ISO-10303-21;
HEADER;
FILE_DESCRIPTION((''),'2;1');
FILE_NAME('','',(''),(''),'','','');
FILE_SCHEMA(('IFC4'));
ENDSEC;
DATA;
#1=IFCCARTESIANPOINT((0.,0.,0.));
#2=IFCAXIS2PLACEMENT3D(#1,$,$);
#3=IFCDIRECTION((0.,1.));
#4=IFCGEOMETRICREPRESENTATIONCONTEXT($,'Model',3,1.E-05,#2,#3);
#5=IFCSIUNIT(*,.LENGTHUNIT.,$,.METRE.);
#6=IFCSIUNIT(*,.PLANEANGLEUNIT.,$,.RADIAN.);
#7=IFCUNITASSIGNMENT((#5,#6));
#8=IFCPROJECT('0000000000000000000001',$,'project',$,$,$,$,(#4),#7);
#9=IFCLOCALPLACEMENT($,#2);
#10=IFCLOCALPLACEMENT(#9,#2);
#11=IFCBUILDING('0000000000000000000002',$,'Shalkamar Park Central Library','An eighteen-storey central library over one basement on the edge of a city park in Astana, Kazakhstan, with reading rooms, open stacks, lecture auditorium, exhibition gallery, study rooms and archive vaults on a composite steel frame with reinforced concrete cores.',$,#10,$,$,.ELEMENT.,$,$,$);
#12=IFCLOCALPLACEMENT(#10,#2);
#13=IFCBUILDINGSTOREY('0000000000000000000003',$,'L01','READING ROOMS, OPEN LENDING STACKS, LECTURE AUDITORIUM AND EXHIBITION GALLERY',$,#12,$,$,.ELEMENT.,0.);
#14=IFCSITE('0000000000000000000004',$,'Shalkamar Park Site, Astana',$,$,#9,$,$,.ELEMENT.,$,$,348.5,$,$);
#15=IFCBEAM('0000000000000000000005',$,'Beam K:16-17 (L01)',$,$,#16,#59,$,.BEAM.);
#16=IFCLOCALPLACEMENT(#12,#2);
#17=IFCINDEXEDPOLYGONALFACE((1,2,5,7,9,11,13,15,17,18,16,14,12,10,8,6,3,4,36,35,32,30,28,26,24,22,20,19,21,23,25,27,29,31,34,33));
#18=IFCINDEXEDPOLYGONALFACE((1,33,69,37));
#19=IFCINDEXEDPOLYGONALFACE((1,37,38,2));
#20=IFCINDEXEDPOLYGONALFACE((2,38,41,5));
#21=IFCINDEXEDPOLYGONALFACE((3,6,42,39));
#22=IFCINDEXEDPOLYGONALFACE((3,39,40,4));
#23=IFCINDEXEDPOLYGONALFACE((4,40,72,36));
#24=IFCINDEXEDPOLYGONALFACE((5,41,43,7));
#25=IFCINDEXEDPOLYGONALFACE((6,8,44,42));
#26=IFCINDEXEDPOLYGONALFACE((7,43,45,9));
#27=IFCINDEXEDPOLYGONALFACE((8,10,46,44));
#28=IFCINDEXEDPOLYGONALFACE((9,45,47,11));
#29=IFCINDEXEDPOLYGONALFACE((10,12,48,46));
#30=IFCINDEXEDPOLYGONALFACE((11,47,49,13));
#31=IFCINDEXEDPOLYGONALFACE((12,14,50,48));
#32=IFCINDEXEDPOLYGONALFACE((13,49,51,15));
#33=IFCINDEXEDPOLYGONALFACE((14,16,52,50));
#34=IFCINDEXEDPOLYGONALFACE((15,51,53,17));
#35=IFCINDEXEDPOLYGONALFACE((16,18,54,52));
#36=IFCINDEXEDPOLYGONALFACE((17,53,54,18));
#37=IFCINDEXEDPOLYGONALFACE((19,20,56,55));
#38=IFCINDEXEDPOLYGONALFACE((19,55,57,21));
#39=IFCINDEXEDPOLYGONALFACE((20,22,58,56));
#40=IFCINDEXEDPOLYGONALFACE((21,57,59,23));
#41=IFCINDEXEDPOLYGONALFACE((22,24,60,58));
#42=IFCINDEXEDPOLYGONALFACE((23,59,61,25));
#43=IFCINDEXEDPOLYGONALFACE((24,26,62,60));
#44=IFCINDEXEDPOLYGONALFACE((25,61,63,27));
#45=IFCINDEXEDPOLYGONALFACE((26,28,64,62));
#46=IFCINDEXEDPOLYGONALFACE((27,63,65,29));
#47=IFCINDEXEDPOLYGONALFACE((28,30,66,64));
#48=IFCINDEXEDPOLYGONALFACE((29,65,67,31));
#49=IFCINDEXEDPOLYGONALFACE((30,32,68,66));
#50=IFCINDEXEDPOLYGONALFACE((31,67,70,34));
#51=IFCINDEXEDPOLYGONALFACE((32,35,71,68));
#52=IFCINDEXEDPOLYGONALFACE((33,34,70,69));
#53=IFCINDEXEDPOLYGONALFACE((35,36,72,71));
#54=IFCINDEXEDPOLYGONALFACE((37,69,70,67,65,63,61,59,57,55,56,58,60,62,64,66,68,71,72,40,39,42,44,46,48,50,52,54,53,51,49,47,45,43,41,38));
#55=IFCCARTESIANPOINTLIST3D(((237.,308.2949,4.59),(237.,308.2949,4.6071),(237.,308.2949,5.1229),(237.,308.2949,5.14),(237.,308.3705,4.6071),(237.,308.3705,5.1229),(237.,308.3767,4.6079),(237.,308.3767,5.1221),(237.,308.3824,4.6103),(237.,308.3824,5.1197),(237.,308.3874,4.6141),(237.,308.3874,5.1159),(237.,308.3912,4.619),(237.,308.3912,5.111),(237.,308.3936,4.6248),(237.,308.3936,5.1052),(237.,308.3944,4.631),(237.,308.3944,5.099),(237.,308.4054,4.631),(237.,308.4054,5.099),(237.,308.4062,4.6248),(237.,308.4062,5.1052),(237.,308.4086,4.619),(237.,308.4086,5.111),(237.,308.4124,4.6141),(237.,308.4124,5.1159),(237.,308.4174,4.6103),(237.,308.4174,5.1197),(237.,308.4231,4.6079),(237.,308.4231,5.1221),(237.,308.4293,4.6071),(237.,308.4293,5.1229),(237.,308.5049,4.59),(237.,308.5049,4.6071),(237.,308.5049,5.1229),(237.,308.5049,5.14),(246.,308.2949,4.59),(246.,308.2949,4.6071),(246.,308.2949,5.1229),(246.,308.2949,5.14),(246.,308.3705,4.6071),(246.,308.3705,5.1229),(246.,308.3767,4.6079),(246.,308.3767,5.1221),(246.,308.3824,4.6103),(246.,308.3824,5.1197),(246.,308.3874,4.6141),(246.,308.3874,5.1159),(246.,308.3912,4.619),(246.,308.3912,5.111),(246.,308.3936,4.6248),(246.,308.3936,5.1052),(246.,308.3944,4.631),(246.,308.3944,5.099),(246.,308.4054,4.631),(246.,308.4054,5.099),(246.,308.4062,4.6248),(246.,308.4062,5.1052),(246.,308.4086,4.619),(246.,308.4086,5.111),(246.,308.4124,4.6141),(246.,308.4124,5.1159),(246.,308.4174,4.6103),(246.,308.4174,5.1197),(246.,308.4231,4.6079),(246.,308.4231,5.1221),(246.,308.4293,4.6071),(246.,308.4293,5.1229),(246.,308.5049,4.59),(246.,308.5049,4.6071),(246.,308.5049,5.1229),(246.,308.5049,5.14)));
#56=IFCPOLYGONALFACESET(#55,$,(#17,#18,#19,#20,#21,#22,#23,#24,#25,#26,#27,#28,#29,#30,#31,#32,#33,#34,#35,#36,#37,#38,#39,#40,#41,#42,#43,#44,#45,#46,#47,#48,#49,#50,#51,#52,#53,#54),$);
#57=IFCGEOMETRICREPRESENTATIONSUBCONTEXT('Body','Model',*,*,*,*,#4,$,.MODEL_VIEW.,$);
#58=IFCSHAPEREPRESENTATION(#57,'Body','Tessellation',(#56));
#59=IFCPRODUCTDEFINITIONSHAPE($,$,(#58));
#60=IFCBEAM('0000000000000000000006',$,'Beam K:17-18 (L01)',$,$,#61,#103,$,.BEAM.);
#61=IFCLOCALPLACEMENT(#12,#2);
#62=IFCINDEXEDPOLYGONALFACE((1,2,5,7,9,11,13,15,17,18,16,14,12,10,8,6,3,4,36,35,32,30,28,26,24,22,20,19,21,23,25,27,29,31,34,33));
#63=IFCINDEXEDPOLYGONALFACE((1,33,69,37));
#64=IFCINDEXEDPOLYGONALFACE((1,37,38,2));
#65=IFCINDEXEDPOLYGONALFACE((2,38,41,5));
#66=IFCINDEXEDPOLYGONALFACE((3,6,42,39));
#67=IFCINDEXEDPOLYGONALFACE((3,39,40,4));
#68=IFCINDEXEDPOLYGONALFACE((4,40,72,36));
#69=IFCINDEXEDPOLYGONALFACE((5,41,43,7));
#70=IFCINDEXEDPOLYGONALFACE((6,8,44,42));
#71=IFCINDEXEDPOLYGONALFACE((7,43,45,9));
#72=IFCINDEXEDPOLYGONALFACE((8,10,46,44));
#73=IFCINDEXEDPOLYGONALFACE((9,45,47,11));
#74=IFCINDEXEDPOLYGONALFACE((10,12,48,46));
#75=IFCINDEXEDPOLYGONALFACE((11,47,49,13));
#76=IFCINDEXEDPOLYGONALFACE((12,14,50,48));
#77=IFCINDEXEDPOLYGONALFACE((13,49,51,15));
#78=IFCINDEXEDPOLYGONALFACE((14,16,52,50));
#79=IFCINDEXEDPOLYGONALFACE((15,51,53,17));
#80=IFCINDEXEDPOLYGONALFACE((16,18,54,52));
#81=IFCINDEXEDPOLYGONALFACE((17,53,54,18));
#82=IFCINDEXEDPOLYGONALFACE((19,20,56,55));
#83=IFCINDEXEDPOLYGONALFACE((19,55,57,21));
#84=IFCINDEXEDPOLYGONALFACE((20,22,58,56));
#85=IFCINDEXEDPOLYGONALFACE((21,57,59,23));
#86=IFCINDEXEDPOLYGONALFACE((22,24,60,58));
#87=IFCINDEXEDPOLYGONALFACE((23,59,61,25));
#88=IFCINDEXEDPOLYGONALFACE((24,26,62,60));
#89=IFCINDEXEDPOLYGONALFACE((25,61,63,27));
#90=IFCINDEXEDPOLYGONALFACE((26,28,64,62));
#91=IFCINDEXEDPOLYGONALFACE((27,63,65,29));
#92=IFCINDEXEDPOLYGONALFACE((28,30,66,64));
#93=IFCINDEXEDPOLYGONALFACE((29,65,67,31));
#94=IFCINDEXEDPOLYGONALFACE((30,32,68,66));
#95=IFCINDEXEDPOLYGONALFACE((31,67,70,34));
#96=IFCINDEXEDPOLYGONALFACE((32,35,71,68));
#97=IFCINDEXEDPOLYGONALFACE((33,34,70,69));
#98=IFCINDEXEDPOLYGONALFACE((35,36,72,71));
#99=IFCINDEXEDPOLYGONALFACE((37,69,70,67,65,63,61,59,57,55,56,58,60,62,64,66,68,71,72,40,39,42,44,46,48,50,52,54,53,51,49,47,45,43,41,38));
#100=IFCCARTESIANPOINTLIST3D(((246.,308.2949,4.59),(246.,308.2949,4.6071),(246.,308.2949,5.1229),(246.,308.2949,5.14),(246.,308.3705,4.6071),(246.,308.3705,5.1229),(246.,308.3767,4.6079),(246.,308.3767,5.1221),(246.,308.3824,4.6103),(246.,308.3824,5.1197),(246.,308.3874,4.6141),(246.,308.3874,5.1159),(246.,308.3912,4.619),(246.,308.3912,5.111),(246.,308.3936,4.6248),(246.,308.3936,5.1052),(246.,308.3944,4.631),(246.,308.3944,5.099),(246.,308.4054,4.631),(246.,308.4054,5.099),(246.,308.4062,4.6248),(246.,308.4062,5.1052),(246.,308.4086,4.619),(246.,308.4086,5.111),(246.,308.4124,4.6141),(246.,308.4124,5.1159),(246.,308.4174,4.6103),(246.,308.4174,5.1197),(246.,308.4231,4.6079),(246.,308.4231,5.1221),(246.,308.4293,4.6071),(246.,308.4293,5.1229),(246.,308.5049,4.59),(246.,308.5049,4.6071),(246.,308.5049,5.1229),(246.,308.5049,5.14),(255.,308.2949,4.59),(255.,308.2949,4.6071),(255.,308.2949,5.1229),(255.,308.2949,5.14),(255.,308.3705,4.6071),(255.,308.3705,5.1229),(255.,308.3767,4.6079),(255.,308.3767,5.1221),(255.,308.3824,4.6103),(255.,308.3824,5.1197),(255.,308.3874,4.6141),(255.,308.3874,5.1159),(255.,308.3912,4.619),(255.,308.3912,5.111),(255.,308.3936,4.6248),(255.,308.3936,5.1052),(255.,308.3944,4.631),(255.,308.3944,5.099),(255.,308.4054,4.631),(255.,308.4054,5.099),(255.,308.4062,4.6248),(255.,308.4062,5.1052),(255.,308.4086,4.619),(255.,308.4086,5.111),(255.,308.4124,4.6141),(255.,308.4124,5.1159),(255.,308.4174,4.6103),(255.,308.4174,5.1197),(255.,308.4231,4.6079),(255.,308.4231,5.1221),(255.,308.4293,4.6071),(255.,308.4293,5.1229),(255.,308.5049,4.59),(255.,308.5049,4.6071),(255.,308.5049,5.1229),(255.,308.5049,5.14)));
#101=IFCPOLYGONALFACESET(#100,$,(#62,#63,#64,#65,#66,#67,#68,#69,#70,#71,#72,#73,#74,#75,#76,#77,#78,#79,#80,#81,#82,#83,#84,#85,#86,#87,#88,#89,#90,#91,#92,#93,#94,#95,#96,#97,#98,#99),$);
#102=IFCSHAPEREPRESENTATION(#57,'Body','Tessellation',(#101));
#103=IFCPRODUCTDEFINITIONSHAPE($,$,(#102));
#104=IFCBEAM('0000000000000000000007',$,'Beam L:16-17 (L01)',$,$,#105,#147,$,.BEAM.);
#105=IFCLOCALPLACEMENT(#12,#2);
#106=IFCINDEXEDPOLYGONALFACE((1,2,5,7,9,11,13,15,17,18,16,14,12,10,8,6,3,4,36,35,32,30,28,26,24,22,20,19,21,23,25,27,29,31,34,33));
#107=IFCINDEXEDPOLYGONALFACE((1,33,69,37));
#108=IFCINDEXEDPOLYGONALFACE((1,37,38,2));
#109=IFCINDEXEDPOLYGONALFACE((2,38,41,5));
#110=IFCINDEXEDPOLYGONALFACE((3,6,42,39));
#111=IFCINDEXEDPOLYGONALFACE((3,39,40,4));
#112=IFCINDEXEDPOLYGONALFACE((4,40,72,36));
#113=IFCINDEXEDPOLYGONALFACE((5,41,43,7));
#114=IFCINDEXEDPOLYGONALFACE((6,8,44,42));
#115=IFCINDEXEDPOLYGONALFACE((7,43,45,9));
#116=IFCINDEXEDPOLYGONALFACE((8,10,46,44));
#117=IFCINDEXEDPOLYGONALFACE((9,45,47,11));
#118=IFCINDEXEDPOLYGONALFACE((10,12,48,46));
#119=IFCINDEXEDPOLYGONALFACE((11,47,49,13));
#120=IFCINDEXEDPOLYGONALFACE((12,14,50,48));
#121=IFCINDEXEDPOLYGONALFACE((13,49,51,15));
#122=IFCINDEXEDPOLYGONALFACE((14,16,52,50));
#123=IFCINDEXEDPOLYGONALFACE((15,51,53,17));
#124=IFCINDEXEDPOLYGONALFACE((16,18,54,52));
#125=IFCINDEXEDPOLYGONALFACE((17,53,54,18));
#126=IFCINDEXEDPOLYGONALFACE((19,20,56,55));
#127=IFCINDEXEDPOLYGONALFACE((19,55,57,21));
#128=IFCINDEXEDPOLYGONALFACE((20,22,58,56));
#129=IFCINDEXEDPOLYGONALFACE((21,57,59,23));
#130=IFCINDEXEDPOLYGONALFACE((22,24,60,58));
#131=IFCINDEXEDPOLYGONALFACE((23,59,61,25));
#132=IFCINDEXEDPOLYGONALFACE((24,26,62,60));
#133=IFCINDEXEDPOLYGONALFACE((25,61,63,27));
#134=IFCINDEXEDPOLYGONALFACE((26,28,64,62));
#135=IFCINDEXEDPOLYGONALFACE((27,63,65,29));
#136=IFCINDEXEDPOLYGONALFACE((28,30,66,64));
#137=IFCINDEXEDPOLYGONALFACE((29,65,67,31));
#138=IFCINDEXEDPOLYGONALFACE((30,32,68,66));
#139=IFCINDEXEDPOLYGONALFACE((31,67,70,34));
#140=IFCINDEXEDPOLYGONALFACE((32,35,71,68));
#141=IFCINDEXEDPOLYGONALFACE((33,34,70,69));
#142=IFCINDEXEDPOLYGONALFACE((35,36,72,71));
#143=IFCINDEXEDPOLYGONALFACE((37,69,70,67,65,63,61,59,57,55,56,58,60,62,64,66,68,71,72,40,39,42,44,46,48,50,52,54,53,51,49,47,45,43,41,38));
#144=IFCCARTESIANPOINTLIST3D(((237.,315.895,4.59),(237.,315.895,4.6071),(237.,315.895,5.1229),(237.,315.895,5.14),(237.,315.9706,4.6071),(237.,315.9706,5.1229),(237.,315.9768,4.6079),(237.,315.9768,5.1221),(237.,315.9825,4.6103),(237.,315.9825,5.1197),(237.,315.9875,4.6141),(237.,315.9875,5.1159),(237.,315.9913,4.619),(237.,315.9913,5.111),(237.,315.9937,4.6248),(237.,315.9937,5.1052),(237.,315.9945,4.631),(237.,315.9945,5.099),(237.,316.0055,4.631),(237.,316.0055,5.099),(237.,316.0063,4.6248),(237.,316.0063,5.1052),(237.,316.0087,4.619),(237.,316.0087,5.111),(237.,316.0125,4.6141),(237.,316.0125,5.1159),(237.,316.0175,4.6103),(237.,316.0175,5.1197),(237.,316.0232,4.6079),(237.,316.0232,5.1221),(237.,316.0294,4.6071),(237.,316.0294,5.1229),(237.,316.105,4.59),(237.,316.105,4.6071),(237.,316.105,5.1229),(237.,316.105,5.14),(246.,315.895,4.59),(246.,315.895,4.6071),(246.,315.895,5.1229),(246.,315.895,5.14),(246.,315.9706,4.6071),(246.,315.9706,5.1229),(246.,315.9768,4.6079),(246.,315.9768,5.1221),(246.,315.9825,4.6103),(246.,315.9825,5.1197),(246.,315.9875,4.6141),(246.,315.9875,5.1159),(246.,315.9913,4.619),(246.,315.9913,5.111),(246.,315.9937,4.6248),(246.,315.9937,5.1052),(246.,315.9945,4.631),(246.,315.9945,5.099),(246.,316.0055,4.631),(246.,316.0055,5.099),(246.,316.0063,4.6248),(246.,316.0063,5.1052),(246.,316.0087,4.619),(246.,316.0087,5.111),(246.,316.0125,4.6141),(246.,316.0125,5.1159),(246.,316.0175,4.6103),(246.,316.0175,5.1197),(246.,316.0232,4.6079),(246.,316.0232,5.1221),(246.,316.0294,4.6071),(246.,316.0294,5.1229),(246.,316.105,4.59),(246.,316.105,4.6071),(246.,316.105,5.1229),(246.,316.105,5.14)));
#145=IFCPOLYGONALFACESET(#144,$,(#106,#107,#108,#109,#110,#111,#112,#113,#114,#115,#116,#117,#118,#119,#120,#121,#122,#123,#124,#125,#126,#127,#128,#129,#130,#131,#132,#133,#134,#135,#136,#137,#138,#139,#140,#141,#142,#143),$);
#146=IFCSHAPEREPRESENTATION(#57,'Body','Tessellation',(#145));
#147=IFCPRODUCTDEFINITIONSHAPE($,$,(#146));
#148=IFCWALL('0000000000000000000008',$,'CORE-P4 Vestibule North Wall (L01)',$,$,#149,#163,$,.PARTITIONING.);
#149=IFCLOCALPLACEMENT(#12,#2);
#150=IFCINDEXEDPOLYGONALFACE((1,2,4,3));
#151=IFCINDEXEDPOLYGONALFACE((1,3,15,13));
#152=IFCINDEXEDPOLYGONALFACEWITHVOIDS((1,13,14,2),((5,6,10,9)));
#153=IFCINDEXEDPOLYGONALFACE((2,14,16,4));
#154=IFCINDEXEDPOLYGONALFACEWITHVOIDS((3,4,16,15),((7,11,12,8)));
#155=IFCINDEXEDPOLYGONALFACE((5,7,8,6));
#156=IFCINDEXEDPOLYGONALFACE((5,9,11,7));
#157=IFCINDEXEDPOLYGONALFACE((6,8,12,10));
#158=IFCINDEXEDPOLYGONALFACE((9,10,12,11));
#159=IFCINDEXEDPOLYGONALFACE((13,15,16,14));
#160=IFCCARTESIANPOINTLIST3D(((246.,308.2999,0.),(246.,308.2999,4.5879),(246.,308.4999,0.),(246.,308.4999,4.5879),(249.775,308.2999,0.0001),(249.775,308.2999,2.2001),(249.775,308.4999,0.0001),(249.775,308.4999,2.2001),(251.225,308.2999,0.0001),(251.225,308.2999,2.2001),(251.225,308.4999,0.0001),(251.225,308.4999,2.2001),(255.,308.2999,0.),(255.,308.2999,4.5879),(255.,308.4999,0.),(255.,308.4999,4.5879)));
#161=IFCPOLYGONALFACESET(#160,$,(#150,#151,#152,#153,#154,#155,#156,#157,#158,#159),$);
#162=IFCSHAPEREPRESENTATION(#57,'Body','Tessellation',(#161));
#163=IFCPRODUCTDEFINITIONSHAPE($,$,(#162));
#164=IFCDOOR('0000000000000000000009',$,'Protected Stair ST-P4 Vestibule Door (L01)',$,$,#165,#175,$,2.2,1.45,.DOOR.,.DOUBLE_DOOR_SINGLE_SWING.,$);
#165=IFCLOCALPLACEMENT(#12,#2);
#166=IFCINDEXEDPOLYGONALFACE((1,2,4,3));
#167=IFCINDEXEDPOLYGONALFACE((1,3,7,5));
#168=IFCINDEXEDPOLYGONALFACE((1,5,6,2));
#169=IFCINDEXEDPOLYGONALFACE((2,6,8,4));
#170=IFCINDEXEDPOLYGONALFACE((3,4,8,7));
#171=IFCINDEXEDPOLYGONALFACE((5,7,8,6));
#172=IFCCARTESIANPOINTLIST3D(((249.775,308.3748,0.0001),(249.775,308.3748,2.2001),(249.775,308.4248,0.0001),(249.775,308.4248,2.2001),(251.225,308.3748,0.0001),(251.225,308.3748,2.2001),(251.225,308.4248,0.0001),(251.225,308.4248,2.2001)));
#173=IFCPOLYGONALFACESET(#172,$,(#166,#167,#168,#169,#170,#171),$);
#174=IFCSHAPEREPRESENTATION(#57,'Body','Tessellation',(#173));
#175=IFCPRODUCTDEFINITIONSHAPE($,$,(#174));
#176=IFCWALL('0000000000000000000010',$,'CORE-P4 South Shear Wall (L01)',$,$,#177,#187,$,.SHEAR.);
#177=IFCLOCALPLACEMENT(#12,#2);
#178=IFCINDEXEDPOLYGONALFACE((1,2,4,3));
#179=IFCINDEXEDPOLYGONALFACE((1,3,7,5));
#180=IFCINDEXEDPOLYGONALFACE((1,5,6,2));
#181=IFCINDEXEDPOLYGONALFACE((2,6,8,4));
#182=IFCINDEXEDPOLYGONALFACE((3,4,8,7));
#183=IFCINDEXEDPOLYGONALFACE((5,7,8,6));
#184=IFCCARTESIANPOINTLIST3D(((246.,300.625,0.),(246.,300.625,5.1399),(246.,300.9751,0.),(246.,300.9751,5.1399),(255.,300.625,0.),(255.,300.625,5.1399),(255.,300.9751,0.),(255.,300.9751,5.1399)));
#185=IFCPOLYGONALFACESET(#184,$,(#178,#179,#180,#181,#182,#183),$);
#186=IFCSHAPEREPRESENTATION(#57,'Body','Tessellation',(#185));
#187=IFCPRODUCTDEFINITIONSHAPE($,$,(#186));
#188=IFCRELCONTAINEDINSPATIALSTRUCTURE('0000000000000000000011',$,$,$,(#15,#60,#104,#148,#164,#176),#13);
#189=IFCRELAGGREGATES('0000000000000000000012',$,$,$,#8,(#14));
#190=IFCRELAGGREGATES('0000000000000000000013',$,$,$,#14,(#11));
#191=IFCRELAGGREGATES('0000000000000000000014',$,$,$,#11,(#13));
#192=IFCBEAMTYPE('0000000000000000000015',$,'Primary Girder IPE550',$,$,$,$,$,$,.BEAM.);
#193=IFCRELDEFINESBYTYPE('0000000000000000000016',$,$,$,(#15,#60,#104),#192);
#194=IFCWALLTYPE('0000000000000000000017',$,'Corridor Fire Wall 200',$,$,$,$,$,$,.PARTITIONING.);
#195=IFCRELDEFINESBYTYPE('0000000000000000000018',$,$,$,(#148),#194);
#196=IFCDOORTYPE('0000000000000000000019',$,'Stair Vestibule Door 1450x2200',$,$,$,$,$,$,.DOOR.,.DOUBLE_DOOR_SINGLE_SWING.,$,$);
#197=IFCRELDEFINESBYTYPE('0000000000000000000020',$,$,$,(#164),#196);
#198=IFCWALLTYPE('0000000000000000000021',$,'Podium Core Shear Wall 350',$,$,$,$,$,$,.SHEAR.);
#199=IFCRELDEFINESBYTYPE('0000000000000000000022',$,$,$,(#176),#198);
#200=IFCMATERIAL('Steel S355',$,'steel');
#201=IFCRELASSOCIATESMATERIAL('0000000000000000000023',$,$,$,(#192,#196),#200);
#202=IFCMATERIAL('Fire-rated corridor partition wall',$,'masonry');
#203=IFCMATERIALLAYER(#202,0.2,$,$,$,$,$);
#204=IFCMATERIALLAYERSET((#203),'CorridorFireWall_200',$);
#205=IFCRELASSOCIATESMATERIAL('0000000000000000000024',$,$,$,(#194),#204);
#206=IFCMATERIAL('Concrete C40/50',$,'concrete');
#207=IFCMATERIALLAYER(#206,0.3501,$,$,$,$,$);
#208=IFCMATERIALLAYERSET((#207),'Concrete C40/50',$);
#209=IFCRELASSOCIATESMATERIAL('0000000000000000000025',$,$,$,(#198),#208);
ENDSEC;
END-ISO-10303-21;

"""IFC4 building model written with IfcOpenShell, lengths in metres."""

from ifc_helpers import new_model, si_unit, direction, frame, frame_2d, origin, origin_2d, place, context, subcontext, project, spatial, rectangle, i_section, extrude, material, layer, layer_set, material_profile, profile_set, type_object, element, fill, save


model = new_model("IFC4")

# Units and contexts
model_context = context("Model", 3, precision=1e-05, world=origin(), true_north=direction((0.0, 1.0)))
body_context = subcontext(model_context, "Body", "Model", "MODEL_VIEW")
ifc_project = project(units=[si_unit("LENGTHUNIT", "METRE"), si_unit("PLANEANGLEUNIT", "RADIAN")], contexts=[model_context])

# Site, building, storey
site_placement = place(None, origin())
site = spatial("IfcSite", under=ifc_project, at=site_placement, Name="Shalkamar Park Site, Astana", CompositionType="ELEMENT", RefElevation=348.5)
building_placement = place(site_placement, origin())
building = spatial("IfcBuilding", under=site, at=building_placement, Name="Shalkamar Park Central Library", Description="An eighteen-storey central library over one basement on the edge of a city park in Astana, Kazakhstan, with reading rooms, open stacks, lecture auditorium, exhibition gallery, study rooms and archive vaults on a composite steel frame with reinforced concrete cores.", CompositionType="ELEMENT")
storey_placement = place(building_placement, origin())
storey = spatial("IfcBuildingStorey", under=building, at=storey_placement, Name="L01", Description="READING ROOMS, OPEN LENDING STACKS, LECTURE AUDITORIUM AND EXHIBITION GALLERY", CompositionType="ELEMENT", Elevation=0.0)

# Shared definitions
ifc_material_1 = material(Name="Steel S355", Category="steel")

# Beams
ifc_material_profile_1 = material_profile(ifc_material_1, i_section(OverallWidth=0.21, OverallDepth=0.55, WebThickness=0.011, FlangeThickness=0.0171, FilletRadius=0.0239, at=origin_2d()), Name="IPE 550")
ifc_profile_set_1 = profile_set([ifc_material_profile_1], Name="Steel S355")
beam_type_1 = type_object("IfcBeamType", Name="Primary Girder IPE550", PredefinedType="BEAM", material=ifc_profile_set_1)
for number, where, z_axis, x_axis, name in (
    (1, (237.0, 308.3999, 4.865), (1.0, 0.0, 0.0), (0.0, 1.0, 0.0), "Beam K:16-17 (L01)"),
    (2, (246.0, 308.3999, 4.865), (1.0, 0.0, 0.0), (0.0, 1.0, 0.0), "Beam K:17-18 (L01)"),
    (3, (237.0, 316.0, 4.865), (1.0, 0.0, 0.0), (0.0, 1.0, 0.0), "Beam L:16-17 (L01)"),
):
    element("IfcBeam", number, at=place(storey_placement, frame(where, z_axis=z_axis, x_axis=x_axis)), inside=storey, type_object=beam_type_1, Name=name, PredefinedType="BEAM", context=body_context, shape_type="SweptSolid", body=[
        extrude(i_section(OverallWidth=0.21, OverallDepth=0.55, WebThickness=0.011, FlangeThickness=0.0171, FilletRadius=0.0239, at=origin_2d()), origin(), (0.0, 0.0, 1.0), 9.0),
    ])

# Wall, opening, door
ifc_material_2 = material(Name="Fire-rated corridor partition wall", Category="masonry")
ifc_layer_1 = layer(ifc_material_2, 0.2)
ifc_layer_set_1 = layer_set([ifc_layer_1], Name="CorridorFireWall_200")
wall_type_1 = type_object("IfcWallType", Name="Corridor Fire Wall 200", PredefinedType="PARTITIONING", material=ifc_layer_set_1)
wall_1_placement = place(storey_placement, frame((246.0, 308.3999, 0.0), z_axis=(0.0, 0.0, 1.0), x_axis=(1.0, 0.0, 0.0)))
wall_1 = element("IfcWall", 4, at=wall_1_placement, inside=storey, type_object=wall_type_1, Name="CORE-P4 Vestibule North Wall (L01)", PredefinedType="PARTITIONING", context=body_context, shape_type="SweptSolid", body=[
    extrude(rectangle(XDim=9.0, YDim=0.2, at=frame_2d((4.5, 0.0))), origin(), (0.0, 0.0, 1.0), 4.5879),
])
opening_1_placement = place(wall_1_placement, frame((3.7749, 0.0, 0.0)))
opening_1 = element("IfcOpeningElement", 5, at=opening_1_placement, cuts=wall_1, PredefinedType="OPENING", context=body_context, shape_type="SweptSolid", body=[
    extrude(rectangle(XDim=1.45, YDim=2.2, at=frame_2d((0.7251, 1.1001))), frame((0.0, 0.1147, 0.0), z_axis=(0.0, -1.0, 0.0), x_axis=(1.0, 0.0, 0.0)), (0.0, 0.0, 1.0), 0.2297),
])
door_type_1 = type_object("IfcDoorType", Name="Stair Vestibule Door 1450x2200", OperationType="DOUBLE_DOOR_SINGLE_SWING", PredefinedType="DOOR", material=ifc_material_1)
door_1_placement = place(opening_1_placement, origin())
door_1 = element("IfcDoor", 6, at=door_1_placement, inside=storey, type_object=door_type_1, Name="Protected Stair ST-P4 Vestibule Door (L01)", OperationType="DOUBLE_DOOR_SINGLE_SWING", OverallHeight=2.2, OverallWidth=1.45, PredefinedType="DOOR", context=body_context, shape_type="SweptSolid", body=[
    extrude(rectangle(XDim=1.45, YDim=2.2, at=frame_2d((0.7251, 1.1001))), frame((0.0, 0.0249, 0.0), z_axis=(0.0, -1.0, 0.0), x_axis=(1.0, 0.0, 0.0)), (0.0, 0.0, 1.0), 0.05),
])
fill(opening_1, door_1)

# Wall
ifc_material_3 = material(Name="Concrete C40/50", Category="concrete")
ifc_layer_2 = layer(ifc_material_3, 0.3501)
ifc_layer_set_2 = layer_set([ifc_layer_2], Name="Concrete C40/50")
wall_type_2 = type_object("IfcWallType", Name="Podium Core Shear Wall 350", PredefinedType="SHEAR", material=ifc_layer_set_2)
wall_2_placement = place(storey_placement, frame((246.0, 300.8, 0.0), z_axis=(0.0, 0.0, 1.0), x_axis=(1.0, 0.0, 0.0)))
element("IfcWall", 7, at=wall_2_placement, inside=storey, type_object=wall_type_2, Name="CORE-P4 South Shear Wall (L01)", PredefinedType="SHEAR", context=body_context, shape_type="SweptSolid", body=[
    extrude(rectangle(XDim=9.0, YDim=0.3501, at=frame_2d((4.5, 0.0))), origin(), (0.0, 0.0, 1.0), 5.1399),
])

save(model, "model.ifc")
